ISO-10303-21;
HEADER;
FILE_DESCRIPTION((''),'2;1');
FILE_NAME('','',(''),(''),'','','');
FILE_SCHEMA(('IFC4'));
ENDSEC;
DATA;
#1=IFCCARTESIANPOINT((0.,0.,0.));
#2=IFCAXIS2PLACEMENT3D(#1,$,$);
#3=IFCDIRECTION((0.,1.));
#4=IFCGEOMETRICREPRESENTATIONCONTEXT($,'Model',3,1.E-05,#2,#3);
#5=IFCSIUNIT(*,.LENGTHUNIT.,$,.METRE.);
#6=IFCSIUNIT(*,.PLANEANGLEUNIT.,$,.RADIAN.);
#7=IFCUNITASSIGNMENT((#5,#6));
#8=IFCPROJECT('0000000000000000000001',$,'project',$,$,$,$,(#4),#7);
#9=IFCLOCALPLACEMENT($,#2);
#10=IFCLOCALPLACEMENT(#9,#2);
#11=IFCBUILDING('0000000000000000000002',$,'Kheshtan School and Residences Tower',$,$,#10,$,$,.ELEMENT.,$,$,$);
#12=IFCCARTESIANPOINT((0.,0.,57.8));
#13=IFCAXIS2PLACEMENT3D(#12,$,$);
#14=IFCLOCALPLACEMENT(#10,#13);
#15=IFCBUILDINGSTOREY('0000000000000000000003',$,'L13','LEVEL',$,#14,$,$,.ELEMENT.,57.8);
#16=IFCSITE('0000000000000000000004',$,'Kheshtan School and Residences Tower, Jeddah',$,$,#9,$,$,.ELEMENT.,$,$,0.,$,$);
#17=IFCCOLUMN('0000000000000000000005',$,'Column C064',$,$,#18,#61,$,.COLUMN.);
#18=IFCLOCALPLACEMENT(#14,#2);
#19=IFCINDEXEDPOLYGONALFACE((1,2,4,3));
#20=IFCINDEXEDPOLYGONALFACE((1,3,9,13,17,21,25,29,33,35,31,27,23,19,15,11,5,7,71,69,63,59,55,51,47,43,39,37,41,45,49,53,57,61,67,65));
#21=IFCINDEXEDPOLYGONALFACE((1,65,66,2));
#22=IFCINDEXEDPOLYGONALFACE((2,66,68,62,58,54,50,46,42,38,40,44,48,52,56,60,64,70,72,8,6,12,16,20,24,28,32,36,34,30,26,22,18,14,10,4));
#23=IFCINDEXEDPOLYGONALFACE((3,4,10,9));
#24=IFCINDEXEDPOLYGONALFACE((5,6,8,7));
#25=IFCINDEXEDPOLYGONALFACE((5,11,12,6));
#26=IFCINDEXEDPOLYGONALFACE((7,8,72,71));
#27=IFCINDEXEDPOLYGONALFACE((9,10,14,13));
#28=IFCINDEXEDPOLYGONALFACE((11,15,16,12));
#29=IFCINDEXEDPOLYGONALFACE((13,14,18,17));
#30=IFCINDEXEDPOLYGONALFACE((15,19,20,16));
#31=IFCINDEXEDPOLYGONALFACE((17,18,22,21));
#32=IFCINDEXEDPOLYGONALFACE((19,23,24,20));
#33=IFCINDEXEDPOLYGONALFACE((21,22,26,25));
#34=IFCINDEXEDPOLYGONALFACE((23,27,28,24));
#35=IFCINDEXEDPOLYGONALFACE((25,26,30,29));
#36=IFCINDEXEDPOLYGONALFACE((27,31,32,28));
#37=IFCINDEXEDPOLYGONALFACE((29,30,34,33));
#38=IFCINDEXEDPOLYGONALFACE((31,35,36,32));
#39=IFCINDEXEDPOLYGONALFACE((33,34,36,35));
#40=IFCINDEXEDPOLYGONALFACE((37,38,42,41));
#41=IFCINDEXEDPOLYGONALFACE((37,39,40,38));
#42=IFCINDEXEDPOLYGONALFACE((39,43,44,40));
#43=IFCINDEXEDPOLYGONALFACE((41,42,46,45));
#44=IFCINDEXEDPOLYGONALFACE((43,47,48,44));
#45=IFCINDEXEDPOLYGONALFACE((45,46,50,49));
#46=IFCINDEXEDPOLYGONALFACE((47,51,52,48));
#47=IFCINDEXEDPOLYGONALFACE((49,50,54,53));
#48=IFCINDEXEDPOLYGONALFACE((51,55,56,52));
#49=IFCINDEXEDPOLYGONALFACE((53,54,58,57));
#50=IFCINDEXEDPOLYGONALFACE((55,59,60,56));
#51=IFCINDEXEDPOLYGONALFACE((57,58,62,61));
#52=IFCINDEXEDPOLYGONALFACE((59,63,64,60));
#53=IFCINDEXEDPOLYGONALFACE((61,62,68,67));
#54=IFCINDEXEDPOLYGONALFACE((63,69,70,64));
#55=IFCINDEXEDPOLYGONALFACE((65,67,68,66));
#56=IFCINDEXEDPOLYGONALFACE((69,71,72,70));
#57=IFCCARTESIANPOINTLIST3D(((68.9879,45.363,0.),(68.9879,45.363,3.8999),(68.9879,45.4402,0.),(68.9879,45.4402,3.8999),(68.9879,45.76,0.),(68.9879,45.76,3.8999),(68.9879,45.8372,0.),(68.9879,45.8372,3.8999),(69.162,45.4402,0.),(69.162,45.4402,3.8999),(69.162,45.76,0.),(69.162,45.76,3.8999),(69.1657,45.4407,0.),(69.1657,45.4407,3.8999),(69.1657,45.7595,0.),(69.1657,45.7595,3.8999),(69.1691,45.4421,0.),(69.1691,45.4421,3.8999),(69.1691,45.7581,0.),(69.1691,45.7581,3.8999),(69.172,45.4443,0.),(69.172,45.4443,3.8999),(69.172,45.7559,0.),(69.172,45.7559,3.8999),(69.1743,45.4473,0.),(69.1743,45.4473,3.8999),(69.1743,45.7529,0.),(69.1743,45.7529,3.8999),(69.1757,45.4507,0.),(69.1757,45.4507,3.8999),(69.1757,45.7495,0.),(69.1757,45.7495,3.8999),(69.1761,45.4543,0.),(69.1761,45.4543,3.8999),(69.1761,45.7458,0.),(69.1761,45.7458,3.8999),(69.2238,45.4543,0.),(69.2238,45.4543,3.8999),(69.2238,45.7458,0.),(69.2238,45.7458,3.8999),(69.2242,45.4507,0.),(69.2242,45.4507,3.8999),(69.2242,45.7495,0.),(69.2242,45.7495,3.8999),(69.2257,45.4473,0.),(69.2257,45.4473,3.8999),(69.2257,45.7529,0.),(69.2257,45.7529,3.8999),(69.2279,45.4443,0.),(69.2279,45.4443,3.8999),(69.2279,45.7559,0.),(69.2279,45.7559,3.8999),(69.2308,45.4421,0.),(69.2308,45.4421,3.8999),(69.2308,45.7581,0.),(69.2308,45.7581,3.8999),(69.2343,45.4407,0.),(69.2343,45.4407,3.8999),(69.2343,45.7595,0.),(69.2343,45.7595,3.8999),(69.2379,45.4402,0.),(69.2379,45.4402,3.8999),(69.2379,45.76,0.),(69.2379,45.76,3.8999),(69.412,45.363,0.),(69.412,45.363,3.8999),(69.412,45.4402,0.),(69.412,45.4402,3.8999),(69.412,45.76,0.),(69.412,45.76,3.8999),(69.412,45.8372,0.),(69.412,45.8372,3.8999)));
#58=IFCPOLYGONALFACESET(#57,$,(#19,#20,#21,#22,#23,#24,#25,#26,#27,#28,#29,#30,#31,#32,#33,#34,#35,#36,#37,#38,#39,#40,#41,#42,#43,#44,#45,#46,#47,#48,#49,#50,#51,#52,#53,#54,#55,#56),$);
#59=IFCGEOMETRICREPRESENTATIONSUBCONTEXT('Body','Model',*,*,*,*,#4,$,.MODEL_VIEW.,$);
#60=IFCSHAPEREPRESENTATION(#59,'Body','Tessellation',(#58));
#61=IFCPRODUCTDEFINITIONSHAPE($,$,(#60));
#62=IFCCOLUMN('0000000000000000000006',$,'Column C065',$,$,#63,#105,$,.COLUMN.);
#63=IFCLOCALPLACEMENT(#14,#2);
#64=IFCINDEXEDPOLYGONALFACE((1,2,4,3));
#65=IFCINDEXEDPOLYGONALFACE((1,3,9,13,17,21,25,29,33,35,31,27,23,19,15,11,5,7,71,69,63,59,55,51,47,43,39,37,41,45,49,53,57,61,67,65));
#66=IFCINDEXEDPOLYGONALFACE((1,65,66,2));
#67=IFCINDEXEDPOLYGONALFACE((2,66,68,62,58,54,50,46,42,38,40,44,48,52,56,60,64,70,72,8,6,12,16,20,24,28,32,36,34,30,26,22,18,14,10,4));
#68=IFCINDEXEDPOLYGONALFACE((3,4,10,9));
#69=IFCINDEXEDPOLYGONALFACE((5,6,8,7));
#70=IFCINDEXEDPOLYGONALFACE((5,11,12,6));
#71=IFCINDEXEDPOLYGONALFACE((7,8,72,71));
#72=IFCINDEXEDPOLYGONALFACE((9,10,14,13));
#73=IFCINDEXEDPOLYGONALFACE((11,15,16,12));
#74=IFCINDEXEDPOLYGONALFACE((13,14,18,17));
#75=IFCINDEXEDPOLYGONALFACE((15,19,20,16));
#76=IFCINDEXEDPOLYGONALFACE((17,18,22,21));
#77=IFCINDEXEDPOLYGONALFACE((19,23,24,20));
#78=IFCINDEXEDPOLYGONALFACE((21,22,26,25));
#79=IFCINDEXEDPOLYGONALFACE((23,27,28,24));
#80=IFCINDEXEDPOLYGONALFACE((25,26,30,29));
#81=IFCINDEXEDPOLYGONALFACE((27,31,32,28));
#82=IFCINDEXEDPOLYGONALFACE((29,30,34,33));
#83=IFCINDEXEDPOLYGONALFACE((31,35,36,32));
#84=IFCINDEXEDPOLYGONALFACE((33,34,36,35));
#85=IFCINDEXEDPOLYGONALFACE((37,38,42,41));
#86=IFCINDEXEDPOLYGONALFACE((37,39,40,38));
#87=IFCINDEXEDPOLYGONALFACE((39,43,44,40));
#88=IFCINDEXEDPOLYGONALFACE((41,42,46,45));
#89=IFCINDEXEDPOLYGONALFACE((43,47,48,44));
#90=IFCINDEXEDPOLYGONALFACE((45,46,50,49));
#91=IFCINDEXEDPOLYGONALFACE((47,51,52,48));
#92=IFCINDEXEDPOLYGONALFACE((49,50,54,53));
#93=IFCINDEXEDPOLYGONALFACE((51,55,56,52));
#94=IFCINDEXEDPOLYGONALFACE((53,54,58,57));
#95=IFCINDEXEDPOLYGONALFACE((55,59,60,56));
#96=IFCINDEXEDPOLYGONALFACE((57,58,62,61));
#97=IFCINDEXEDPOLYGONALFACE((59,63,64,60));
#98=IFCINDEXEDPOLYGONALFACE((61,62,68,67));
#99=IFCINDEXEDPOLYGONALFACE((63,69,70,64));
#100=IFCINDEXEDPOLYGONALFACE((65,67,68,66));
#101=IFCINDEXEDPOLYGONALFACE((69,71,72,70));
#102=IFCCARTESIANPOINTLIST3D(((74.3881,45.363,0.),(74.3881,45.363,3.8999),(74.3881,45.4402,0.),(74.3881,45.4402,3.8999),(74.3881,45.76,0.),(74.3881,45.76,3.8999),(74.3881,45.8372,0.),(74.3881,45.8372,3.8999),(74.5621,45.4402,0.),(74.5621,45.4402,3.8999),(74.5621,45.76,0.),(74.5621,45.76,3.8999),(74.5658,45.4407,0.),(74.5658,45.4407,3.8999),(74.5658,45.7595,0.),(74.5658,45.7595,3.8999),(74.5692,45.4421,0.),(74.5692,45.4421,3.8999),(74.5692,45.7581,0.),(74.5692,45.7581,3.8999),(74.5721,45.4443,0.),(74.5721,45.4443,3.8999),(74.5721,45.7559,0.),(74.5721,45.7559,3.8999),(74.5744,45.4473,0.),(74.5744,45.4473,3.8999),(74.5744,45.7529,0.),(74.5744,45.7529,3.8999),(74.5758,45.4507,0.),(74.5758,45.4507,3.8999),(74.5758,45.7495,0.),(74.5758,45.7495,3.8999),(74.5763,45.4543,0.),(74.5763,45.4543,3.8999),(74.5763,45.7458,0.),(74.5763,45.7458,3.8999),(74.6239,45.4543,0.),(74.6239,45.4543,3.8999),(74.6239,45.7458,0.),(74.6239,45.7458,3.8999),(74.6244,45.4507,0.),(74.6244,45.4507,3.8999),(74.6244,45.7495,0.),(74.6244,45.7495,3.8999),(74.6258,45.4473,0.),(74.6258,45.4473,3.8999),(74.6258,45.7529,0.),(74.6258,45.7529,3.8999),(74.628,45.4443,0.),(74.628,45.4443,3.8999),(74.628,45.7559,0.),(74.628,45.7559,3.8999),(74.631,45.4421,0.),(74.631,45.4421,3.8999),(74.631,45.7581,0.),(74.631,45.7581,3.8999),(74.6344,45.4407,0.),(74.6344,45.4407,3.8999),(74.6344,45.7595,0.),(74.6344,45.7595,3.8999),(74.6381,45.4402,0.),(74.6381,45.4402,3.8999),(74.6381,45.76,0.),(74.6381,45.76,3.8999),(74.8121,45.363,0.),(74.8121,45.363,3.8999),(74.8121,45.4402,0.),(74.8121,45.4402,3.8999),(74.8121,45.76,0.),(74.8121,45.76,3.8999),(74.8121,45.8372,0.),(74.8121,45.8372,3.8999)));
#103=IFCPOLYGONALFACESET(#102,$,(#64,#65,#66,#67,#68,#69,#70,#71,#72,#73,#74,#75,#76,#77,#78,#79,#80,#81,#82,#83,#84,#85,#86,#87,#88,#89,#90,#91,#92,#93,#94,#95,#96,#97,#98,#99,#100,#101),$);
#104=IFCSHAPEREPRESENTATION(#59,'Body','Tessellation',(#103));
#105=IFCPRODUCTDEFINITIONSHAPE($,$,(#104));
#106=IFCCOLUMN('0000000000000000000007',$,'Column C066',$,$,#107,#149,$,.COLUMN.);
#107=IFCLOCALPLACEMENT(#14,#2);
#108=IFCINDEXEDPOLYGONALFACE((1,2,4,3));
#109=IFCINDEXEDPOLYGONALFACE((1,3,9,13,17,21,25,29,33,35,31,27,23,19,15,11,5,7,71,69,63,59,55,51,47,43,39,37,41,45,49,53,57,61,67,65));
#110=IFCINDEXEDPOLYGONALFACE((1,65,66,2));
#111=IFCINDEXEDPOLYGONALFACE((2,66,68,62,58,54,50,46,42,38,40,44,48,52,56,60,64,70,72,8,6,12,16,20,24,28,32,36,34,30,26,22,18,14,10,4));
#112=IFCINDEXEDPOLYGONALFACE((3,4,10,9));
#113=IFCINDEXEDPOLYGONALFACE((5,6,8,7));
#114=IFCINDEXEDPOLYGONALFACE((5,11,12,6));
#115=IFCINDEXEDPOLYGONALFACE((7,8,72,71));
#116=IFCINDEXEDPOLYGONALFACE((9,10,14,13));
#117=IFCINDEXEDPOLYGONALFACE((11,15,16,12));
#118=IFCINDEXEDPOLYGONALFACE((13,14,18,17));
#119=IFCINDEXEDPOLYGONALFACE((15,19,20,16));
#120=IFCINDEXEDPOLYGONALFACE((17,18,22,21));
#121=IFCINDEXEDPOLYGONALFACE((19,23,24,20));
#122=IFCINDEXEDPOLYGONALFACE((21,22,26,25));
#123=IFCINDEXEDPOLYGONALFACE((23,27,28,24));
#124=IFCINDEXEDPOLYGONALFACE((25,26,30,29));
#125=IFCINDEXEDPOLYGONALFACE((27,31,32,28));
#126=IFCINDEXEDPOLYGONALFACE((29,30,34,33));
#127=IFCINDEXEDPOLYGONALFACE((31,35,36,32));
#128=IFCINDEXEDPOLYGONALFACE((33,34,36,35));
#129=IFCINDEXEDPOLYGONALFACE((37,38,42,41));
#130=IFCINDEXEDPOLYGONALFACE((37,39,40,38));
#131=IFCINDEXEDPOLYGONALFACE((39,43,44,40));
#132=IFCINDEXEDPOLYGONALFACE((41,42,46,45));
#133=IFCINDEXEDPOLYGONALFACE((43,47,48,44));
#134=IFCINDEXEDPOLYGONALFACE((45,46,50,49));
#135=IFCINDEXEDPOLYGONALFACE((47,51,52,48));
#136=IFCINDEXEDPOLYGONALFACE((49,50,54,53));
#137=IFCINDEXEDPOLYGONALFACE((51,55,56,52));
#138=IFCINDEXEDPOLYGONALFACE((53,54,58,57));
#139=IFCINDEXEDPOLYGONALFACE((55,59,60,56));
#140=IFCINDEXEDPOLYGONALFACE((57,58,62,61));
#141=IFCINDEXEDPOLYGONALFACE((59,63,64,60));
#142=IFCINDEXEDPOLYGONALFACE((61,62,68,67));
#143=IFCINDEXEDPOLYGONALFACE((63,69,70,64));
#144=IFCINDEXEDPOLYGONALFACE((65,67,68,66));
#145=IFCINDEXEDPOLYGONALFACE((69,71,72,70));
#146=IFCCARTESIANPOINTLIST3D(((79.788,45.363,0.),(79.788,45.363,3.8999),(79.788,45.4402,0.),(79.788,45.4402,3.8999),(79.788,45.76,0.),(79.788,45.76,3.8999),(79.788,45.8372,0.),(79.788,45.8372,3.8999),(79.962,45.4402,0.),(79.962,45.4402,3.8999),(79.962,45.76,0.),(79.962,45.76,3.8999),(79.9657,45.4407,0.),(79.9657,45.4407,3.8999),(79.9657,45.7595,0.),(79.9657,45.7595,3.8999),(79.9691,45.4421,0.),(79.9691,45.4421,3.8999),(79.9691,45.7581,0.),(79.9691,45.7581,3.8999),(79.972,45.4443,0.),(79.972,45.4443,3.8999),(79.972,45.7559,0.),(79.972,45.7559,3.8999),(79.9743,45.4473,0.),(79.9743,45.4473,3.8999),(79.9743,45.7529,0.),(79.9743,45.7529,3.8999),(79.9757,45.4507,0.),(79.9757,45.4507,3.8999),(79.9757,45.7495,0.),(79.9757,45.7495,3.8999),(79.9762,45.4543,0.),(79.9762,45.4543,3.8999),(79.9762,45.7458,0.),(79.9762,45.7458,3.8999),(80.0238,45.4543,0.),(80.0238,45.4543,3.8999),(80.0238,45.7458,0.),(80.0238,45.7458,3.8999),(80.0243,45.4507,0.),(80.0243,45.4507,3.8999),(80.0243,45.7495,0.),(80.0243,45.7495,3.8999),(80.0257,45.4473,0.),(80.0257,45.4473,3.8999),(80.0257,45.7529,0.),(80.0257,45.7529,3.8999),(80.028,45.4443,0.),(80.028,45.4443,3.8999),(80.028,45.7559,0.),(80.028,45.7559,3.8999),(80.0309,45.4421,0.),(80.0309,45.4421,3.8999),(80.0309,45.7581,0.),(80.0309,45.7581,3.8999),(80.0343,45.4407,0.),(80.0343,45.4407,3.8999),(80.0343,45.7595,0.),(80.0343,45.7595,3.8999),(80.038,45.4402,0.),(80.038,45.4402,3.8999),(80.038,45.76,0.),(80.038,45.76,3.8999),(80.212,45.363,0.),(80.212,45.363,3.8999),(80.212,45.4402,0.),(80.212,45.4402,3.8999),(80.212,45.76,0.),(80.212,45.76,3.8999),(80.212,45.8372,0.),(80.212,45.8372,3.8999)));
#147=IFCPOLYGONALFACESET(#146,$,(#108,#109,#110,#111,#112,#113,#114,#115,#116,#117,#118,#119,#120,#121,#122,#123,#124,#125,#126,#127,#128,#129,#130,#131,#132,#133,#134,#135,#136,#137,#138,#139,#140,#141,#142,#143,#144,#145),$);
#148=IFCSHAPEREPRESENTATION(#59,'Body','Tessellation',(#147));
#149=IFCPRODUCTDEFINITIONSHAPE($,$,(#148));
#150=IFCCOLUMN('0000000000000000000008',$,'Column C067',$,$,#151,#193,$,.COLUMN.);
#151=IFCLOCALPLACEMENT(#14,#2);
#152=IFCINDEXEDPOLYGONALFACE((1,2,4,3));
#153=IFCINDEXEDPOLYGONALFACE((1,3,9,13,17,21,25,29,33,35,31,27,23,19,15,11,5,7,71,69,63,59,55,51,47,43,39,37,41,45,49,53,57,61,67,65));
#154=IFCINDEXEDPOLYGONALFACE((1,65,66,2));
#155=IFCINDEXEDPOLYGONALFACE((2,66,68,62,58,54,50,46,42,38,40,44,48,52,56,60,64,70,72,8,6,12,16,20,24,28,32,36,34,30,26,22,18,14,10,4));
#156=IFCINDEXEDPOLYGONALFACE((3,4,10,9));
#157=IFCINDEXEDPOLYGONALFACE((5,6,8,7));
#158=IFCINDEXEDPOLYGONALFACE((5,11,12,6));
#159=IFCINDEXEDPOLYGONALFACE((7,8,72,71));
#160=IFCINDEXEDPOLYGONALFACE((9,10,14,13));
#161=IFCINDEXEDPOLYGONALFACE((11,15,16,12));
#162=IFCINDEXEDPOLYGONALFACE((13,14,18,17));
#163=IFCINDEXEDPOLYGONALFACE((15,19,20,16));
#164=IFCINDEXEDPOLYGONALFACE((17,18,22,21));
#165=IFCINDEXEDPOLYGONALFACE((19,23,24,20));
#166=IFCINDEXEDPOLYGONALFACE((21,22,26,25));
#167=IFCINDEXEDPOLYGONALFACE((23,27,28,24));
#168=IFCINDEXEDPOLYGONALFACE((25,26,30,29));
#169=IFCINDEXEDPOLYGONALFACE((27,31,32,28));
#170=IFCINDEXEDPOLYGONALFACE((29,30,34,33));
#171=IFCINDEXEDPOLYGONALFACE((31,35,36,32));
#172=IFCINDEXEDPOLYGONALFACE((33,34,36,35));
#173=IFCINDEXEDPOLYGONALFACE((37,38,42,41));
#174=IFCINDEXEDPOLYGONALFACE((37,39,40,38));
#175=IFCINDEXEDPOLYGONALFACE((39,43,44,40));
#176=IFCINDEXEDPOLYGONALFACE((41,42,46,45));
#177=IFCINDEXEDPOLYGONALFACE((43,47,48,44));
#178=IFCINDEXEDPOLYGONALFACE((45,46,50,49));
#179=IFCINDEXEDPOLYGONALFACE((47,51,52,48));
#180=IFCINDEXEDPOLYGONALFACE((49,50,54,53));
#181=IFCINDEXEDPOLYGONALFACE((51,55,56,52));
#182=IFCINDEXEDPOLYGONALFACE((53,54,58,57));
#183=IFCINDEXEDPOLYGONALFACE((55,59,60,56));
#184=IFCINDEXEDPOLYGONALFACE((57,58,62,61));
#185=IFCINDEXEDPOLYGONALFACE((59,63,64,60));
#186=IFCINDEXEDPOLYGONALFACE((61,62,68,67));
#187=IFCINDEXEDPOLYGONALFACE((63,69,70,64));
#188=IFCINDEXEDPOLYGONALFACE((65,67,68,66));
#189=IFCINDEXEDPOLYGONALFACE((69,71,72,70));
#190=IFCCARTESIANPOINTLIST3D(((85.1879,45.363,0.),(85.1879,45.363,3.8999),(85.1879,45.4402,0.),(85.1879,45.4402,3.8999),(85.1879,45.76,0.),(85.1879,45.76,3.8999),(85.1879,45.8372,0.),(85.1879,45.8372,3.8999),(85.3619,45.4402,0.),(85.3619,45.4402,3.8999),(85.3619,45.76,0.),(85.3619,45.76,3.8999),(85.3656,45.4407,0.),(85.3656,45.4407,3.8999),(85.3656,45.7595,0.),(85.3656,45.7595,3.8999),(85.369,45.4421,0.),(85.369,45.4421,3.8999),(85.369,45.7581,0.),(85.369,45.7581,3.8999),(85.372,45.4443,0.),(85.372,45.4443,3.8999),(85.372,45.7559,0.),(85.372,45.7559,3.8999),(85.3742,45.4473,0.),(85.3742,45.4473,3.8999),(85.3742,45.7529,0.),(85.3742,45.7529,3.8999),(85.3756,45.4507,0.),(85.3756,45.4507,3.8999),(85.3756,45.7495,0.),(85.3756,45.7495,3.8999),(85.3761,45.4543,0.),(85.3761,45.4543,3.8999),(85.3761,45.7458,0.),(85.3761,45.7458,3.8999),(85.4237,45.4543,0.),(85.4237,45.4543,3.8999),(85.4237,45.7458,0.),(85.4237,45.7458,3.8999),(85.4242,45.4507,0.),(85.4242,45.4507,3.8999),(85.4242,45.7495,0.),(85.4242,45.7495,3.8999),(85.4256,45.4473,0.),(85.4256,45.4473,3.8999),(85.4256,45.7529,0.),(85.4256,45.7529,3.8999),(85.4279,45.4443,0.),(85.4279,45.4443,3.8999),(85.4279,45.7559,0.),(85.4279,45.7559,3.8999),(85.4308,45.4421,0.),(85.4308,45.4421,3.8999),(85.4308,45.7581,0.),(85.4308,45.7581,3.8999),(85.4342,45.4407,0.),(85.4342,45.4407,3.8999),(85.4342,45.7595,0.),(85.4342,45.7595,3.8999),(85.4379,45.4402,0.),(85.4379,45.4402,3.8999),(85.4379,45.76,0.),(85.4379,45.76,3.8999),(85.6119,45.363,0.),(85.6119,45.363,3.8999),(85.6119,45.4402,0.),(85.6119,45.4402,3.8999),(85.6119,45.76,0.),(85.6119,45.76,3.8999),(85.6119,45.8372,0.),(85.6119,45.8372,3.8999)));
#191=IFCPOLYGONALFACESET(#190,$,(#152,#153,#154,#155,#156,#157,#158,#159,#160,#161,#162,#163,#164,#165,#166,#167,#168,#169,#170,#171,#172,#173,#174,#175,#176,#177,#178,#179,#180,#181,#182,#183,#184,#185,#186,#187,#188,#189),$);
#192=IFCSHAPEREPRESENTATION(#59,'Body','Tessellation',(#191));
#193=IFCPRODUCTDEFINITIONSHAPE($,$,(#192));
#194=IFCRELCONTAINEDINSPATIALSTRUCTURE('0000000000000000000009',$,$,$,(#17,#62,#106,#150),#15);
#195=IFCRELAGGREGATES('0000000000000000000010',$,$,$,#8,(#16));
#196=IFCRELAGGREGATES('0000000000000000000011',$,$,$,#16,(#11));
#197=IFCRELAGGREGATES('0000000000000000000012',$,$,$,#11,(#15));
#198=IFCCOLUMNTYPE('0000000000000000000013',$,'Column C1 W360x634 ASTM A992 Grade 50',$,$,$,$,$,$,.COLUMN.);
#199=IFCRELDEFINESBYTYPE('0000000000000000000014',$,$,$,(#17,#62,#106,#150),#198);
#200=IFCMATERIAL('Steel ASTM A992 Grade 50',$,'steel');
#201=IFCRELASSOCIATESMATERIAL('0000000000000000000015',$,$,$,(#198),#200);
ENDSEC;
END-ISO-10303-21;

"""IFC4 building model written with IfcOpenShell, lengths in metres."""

from ifc_helpers import new_model, si_unit, direction, frame, origin, origin_2d, place, context, subcontext, project, spatial, i_section, extrude, material, material_profile, profile_set, type_object, element, save


model = new_model("IFC4")

# Units and contexts
model_context = context("Model", 3, precision=1e-05, world=origin(), true_north=direction((0.0, 1.0)))
body_context = subcontext(model_context, "Body", "Model", "MODEL_VIEW")
ifc_project = project(units=[si_unit("LENGTHUNIT", "METRE"), si_unit("PLANEANGLEUNIT", "RADIAN")], contexts=[model_context])

# Site, building, storey
site_placement = place(None, origin())
site = spatial("IfcSite", under=ifc_project, at=site_placement, Name="Kheshtan School and Residences Tower, Jeddah", CompositionType="ELEMENT", RefElevation=0.0)
building_placement = place(site_placement, origin())
building = spatial("IfcBuilding", under=site, at=building_placement, Name="Kheshtan School and Residences Tower", CompositionType="ELEMENT")
storey_placement = place(building_placement, frame((0.0, 0.0, 57.8)))
storey = spatial("IfcBuildingStorey", under=building, at=storey_placement, Name="L13", Description="LEVEL", CompositionType="ELEMENT", Elevation=57.8)

# Columns
ifc_material = material(Name="Steel ASTM A992 Grade 50", Category="steel")
ifc_material_profile_1 = material_profile(ifc_material, i_section(OverallWidth=0.4241, OverallDepth=0.4741, WebThickness=0.0476, FlangeThickness=0.0771, FilletRadius=0.0142, at=origin_2d()), Name="W360x634")
ifc_profile_set_1 = profile_set([ifc_material_profile_1], Name="Steel ASTM A992 Grade 50")
column_type = type_object("IfcColumnType", Name="Column C1 W360x634 ASTM A992 Grade 50", PredefinedType="COLUMN", material=ifc_profile_set_1)
for number, where, z_axis, x_axis, name in (
    (1, (69.2, 45.6001, 0.0), (0.0, 0.0, 1.0), (1.0, 0.0, 0.0), "Column C064"),
    (2, (74.6001, 45.6001, 0.0), (0.0, 0.0, 1.0), (1.0, 0.0, 0.0), "Column C065"),
    (3, (80.0, 45.6001, 0.0), (0.0, 0.0, 1.0), (1.0, 0.0, 0.0), "Column C066"),
    (4, (85.3999, 45.6001, 0.0), (0.0, 0.0, 1.0), (1.0, 0.0, 0.0), "Column C067"),
):
    element("IfcColumn", number, at=place(storey_placement, frame(where, z_axis=z_axis, x_axis=x_axis)), inside=storey, type_object=column_type, Name=name, PredefinedType="COLUMN", context=body_context, shape_type="SweptSolid", body=[
        extrude(i_section(OverallWidth=0.4241, OverallDepth=0.4741, WebThickness=0.0476, FlangeThickness=0.0771, FilletRadius=0.0142, at=origin_2d()), origin(), (0.0, 0.0, 1.0), 3.8999),
    ])

save(model, "model.ifc")
